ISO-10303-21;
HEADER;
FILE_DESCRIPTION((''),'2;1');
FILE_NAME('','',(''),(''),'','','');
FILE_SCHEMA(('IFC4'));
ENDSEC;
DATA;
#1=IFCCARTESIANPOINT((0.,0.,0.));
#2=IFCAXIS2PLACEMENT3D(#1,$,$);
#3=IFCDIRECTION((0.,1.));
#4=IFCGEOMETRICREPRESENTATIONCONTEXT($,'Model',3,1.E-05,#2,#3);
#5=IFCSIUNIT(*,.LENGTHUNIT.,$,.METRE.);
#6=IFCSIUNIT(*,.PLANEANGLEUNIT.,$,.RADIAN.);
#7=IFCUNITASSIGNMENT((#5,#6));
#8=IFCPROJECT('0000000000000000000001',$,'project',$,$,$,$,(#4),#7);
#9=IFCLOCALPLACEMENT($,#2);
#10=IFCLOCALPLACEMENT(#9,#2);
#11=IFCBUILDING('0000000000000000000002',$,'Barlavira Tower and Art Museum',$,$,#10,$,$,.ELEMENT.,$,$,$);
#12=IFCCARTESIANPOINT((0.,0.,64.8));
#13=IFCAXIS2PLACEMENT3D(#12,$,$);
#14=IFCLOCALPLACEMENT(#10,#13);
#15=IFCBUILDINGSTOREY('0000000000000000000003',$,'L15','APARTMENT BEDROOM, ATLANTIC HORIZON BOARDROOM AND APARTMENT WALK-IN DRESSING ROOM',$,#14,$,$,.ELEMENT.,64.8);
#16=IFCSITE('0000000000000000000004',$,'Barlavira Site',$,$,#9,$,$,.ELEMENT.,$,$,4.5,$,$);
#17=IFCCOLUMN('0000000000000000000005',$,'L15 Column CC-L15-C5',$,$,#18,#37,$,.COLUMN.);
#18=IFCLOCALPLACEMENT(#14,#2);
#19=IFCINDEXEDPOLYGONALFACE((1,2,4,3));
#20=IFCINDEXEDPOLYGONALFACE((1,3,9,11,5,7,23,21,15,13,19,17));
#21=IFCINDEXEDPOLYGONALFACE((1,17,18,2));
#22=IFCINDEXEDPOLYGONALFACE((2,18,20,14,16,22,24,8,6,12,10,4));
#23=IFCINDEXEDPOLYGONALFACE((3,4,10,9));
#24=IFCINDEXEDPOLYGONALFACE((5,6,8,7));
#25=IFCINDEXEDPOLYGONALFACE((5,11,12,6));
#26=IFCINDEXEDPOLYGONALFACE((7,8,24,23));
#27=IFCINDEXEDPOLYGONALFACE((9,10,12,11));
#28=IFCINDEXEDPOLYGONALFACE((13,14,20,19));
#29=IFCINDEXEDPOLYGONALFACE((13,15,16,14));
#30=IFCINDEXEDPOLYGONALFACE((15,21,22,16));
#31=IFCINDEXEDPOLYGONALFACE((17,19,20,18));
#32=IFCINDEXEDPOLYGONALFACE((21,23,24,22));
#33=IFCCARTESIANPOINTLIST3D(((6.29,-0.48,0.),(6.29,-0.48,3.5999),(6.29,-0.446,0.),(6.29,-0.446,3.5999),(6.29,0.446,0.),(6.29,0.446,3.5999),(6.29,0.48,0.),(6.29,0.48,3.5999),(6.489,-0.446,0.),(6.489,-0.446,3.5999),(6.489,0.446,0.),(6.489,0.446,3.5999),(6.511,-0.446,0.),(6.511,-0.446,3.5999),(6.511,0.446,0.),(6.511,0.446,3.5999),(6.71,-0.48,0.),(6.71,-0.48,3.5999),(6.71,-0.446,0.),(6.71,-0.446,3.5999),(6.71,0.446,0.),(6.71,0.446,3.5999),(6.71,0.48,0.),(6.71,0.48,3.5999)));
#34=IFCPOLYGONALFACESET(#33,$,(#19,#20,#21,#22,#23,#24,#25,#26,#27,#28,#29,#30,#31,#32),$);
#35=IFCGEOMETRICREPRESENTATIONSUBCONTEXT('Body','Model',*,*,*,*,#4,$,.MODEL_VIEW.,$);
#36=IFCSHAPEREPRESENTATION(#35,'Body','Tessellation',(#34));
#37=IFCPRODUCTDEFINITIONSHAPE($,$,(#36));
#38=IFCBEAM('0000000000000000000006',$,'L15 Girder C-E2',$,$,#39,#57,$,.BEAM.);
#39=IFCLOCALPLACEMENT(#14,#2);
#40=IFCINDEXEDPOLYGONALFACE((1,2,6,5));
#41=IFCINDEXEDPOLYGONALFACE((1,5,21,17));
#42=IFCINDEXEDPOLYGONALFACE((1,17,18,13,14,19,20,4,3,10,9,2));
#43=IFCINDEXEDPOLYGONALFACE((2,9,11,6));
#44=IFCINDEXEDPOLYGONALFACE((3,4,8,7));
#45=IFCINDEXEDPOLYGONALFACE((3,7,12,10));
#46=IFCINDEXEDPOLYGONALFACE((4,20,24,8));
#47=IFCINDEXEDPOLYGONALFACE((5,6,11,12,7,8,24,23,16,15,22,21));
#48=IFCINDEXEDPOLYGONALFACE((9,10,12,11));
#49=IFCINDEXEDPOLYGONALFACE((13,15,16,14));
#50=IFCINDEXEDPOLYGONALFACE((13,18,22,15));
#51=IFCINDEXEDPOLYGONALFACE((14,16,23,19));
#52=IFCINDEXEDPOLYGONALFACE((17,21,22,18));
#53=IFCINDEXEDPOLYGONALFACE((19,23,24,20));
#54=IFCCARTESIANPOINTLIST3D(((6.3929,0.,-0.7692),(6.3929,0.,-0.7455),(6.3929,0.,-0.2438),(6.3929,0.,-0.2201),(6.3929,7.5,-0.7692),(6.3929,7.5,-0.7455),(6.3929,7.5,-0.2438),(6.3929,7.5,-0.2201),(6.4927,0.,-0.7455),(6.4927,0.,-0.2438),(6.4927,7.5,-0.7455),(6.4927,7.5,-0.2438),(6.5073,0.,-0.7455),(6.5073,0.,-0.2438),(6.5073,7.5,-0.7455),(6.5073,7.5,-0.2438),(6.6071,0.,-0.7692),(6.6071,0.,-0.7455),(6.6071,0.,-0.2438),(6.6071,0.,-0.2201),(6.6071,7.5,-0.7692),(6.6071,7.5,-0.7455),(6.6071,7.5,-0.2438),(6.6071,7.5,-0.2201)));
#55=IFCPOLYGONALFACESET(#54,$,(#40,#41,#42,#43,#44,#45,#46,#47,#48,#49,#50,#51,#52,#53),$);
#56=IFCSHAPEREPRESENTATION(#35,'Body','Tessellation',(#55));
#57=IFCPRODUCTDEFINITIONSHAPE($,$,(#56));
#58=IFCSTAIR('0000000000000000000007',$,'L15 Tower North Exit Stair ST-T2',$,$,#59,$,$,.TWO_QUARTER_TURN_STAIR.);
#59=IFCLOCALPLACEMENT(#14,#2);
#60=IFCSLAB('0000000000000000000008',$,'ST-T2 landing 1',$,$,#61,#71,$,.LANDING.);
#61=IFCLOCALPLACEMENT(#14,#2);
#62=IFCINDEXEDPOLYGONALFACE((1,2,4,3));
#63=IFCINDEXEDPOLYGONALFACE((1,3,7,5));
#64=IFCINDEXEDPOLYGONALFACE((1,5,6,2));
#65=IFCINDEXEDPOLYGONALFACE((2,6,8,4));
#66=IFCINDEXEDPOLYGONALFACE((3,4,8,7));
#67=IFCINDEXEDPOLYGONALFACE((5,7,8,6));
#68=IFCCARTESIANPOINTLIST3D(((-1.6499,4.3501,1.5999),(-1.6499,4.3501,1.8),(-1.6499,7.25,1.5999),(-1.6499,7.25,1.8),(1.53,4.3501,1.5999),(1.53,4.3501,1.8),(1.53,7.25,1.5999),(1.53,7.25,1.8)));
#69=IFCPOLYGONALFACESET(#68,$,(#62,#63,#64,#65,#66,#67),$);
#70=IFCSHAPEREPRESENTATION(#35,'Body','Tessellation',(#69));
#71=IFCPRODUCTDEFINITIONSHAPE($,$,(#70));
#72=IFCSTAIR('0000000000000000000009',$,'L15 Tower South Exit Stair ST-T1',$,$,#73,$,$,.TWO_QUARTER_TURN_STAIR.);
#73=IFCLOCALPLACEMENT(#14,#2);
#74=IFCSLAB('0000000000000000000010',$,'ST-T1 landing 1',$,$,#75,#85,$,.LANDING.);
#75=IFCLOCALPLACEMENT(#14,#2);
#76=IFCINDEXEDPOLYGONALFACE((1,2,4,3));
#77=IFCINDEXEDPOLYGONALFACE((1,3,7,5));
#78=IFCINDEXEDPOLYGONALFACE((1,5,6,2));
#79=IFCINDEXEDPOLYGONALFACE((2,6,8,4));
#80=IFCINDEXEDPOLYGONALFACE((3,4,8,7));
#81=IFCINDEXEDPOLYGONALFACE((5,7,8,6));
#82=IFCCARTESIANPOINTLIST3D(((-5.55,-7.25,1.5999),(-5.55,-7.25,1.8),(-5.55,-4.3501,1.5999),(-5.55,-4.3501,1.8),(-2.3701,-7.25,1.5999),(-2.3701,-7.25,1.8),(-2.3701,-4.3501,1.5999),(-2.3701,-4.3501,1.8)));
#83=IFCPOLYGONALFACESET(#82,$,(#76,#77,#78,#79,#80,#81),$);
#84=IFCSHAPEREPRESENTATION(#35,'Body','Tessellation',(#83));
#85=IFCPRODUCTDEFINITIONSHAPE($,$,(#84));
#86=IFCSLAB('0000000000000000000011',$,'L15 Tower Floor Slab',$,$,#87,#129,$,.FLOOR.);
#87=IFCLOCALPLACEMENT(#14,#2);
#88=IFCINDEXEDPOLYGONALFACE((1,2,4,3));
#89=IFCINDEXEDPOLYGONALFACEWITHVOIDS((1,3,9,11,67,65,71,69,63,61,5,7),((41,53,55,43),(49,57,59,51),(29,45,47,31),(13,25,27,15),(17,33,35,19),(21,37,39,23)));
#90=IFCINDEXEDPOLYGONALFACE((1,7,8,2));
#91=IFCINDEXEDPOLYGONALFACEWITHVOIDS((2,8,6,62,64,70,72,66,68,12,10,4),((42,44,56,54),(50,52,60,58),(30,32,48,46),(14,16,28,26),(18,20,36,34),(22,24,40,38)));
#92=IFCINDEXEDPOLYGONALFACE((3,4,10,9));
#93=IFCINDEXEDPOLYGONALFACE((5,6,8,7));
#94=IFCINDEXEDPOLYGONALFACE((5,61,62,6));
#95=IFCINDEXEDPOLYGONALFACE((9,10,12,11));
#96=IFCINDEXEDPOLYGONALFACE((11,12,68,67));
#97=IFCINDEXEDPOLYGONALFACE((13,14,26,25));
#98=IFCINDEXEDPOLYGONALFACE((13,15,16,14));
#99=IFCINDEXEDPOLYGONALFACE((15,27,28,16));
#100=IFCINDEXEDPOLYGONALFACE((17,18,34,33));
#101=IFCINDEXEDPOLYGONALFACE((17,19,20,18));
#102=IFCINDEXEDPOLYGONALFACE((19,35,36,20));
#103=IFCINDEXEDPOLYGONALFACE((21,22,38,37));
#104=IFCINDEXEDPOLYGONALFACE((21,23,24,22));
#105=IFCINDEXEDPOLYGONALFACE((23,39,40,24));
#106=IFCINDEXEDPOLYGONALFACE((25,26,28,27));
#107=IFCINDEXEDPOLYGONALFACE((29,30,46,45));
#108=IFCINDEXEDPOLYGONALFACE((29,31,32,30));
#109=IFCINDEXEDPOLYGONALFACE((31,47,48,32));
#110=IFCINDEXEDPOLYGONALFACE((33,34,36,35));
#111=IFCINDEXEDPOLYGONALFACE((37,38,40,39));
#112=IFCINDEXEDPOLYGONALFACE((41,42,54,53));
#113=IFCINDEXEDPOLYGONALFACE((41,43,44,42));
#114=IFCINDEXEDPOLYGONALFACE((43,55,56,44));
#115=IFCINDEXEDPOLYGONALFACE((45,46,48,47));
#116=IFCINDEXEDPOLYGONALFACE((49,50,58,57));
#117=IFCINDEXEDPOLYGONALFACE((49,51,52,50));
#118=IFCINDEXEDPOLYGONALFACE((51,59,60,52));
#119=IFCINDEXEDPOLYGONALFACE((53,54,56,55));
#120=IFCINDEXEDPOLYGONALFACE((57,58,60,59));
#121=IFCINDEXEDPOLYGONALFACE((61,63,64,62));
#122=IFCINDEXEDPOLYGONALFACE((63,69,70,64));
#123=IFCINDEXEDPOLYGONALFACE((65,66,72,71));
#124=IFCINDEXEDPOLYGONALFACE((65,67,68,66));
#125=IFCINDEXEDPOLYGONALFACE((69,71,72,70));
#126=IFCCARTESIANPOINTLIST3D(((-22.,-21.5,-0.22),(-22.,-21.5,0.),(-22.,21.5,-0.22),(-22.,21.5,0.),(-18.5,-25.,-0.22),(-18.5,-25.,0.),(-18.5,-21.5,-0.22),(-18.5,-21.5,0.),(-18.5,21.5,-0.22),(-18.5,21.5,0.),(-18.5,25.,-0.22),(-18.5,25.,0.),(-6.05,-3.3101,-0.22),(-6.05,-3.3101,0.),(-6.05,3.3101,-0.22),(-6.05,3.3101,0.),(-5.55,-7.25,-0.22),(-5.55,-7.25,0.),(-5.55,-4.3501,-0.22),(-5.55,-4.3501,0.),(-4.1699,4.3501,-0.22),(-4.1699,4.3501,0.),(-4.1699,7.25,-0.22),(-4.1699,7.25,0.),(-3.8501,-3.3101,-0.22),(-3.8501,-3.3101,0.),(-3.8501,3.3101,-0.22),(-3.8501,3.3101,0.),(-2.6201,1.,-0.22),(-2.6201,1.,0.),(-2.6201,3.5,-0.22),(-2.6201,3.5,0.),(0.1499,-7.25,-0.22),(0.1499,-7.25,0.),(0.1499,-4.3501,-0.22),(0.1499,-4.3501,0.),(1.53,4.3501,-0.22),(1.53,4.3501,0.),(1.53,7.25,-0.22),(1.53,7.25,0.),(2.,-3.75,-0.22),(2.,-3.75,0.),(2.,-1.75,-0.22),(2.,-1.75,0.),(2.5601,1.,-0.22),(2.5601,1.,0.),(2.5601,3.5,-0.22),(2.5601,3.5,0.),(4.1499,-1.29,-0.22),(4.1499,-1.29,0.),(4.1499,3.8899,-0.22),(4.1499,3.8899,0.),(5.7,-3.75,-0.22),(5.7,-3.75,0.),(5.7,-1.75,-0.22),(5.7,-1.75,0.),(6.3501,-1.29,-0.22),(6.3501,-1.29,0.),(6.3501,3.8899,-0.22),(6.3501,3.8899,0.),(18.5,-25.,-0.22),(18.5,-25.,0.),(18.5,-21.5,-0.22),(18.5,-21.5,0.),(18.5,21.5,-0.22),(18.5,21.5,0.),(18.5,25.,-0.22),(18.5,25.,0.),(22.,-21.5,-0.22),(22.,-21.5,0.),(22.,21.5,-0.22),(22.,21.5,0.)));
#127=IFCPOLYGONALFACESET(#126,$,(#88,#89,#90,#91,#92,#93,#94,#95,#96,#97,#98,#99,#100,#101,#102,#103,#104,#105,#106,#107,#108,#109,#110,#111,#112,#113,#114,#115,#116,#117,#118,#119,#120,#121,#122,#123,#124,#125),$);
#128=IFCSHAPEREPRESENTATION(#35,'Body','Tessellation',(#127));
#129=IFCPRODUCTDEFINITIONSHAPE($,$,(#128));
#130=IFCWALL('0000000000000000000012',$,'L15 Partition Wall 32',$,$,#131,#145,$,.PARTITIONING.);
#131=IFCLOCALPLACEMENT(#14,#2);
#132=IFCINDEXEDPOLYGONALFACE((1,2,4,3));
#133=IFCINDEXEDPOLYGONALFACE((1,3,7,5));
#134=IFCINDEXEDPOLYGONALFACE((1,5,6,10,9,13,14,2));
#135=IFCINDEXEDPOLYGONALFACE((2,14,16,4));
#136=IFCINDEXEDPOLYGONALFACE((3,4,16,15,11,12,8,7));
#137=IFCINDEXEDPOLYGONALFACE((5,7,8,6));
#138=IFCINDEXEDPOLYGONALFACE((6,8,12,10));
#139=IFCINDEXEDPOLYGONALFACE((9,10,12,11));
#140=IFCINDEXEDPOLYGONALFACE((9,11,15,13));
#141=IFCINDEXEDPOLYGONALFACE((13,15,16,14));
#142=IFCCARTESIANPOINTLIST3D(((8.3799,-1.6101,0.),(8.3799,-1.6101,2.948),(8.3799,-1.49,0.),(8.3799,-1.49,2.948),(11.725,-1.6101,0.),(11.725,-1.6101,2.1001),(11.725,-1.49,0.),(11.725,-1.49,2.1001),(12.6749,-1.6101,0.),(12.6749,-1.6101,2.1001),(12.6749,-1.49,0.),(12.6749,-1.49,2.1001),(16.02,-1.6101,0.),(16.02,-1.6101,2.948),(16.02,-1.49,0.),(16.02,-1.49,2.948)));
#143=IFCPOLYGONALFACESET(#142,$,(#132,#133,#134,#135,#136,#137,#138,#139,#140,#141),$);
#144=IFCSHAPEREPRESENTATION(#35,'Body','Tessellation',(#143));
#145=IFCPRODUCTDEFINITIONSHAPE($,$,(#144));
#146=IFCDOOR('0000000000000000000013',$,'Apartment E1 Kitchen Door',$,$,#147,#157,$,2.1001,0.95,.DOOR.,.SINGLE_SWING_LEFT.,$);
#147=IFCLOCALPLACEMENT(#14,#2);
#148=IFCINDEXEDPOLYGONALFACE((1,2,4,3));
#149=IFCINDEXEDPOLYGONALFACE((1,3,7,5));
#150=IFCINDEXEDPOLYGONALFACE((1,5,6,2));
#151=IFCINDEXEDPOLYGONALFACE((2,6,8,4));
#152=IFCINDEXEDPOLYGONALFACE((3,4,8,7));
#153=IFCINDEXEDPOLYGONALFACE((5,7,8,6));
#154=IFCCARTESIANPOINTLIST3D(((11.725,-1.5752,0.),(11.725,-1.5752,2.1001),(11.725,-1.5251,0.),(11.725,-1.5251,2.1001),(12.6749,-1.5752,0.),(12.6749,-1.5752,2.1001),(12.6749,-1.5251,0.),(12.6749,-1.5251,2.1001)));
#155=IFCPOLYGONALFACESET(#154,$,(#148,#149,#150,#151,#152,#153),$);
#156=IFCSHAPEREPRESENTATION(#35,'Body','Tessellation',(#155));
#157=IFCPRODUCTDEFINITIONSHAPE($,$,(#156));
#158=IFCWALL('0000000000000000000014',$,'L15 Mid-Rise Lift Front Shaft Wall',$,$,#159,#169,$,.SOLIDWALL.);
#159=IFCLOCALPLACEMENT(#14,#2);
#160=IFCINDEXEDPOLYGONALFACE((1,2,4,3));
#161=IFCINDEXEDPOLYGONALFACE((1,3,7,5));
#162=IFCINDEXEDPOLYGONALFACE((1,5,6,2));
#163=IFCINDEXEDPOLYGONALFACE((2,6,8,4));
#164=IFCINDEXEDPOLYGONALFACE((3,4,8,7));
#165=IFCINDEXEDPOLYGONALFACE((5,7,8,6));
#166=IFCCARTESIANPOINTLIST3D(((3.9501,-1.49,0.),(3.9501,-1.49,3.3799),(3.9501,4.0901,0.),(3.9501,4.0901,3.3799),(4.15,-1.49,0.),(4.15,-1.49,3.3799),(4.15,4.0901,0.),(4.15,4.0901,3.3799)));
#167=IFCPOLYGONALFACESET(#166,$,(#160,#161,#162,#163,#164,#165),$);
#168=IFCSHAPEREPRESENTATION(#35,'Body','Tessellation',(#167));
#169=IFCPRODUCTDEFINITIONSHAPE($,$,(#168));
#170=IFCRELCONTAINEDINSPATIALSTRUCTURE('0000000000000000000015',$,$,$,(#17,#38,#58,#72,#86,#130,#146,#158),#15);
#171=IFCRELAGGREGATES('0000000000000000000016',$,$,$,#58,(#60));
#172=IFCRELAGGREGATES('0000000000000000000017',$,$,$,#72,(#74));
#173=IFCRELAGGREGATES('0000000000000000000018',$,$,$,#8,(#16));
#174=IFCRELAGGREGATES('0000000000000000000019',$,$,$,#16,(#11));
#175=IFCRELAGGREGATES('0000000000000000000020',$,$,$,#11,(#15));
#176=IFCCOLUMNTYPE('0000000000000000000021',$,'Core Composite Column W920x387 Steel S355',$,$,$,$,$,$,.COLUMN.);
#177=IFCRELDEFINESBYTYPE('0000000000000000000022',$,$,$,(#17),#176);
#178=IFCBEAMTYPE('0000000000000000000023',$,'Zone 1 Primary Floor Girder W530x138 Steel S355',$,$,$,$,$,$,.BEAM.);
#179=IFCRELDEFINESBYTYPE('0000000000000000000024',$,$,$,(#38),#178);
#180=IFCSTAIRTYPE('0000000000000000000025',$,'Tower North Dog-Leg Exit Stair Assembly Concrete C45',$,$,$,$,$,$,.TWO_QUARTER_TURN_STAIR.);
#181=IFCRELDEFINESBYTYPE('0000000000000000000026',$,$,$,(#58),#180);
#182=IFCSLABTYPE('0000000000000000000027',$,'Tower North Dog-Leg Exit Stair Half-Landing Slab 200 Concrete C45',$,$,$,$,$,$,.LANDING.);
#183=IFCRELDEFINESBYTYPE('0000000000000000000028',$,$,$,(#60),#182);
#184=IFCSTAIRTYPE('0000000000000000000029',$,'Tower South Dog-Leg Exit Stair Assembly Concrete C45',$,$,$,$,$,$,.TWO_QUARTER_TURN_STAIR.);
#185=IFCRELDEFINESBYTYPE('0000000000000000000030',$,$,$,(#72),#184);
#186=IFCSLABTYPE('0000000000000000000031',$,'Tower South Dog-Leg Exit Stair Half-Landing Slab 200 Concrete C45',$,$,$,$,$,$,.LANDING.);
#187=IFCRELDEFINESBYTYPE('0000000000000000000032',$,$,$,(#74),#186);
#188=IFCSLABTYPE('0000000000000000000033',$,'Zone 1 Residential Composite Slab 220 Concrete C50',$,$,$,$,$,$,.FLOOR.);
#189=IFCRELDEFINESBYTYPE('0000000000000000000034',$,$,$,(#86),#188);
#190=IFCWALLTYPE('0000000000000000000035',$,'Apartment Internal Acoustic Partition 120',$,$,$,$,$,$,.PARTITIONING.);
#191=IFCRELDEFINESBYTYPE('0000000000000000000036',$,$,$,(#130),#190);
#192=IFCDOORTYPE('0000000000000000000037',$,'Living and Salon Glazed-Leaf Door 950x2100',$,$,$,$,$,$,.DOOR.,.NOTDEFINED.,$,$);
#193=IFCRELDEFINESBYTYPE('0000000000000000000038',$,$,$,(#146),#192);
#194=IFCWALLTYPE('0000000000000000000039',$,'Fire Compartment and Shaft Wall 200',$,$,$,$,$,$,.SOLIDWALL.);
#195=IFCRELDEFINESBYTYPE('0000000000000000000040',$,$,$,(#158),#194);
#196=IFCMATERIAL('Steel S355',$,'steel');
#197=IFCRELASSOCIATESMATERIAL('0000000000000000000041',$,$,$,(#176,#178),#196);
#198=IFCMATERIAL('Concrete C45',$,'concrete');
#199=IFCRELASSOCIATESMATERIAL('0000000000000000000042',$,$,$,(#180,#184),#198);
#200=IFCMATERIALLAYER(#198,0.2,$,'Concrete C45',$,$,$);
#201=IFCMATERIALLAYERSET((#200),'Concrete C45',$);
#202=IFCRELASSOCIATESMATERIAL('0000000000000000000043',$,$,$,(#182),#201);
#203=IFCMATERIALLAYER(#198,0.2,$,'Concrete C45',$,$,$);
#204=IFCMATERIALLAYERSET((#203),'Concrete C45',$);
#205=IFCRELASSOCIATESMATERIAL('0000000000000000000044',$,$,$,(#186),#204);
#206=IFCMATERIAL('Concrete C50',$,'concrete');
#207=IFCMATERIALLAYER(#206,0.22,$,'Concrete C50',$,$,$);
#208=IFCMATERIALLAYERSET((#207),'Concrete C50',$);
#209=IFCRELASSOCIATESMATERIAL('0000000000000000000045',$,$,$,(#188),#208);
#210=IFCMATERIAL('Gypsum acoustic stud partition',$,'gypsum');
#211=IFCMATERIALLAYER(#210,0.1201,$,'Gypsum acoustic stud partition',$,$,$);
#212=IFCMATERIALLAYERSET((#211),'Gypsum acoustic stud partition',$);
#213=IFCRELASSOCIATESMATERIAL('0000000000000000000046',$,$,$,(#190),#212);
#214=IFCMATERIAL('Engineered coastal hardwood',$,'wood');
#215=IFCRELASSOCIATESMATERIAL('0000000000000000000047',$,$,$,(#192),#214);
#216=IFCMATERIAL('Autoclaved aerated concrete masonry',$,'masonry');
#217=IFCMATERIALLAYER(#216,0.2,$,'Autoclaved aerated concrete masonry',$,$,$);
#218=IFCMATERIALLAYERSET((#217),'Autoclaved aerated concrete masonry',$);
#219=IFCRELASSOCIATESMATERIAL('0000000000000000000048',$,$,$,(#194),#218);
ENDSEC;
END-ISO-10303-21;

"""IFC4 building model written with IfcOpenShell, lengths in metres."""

from ifc_helpers import new_model, si_unit, direction, frame, frame_2d, origin, origin_2d, place, context, subcontext, project, spatial, polyline, rectangle, i_section, outline, extrude, material, layer, layer_set, material_profile, profile_set, type_object, element, fill, aggregate, save


model = new_model("IFC4")

# Units and contexts
model_context = context("Model", 3, precision=1e-05, world=origin(), true_north=direction((0.0, 1.0)))
body_context = subcontext(model_context, "Body", "Model", "MODEL_VIEW")
ifc_project = project(units=[si_unit("LENGTHUNIT", "METRE"), si_unit("PLANEANGLEUNIT", "RADIAN")], contexts=[model_context])

# Site, building, storey
site_placement = place(None, origin())
site = spatial("IfcSite", under=ifc_project, at=site_placement, Name="Barlavira Site", CompositionType="ELEMENT", RefElevation=4.5)
building_placement = place(site_placement, origin())
building = spatial("IfcBuilding", under=site, at=building_placement, Name="Barlavira Tower and Art Museum", CompositionType="ELEMENT")
storey_placement = place(building_placement, frame((0.0, 0.0, 64.8)))
storey = spatial("IfcBuildingStorey", under=building, at=storey_placement, Name="L15", Description="APARTMENT BEDROOM, ATLANTIC HORIZON BOARDROOM AND APARTMENT WALK-IN DRESSING ROOM", CompositionType="ELEMENT", Elevation=64.8)

# Column
ifc_material_1 = material(Name="Steel S355", Category="steel")
ifc_material_profile_1 = material_profile(ifc_material_1, i_section(OverallWidth=0.4199, OverallDepth=0.96, WebThickness=0.022, FlangeThickness=0.0339, at=origin_2d()), Name="W920x387.0")
ifc_profile_set_1 = profile_set([ifc_material_profile_1], Name="Steel S355")
column_type = type_object("IfcColumnType", Name="Core Composite Column W920x387 Steel S355", PredefinedType="COLUMN", material=ifc_profile_set_1)
column_placement = place(storey_placement, frame((6.5, 0.0, 0.0), z_axis=(0.0, 0.0, 1.0), x_axis=(1.0, 0.0, 0.0)))
element("IfcColumn", 1, at=column_placement, inside=storey, type_object=column_type, Name="L15 Column CC-L15-C5", PredefinedType="COLUMN", context=body_context, shape_type="SweptSolid", body=[
    extrude(i_section(OverallWidth=0.4199, OverallDepth=0.96, WebThickness=0.022, FlangeThickness=0.0339, at=origin_2d()), origin(), (0.0, 0.0, 1.0), 3.5999),
])

# Beam
ifc_material_profile_2 = material_profile(ifc_material_1, i_section(OverallWidth=0.2141, OverallDepth=0.5491, WebThickness=0.0146, FlangeThickness=0.0237, at=origin_2d()), Name="W530x138.0")
ifc_profile_set_2 = profile_set([ifc_material_profile_2], Name="Steel S355")
beam_type = type_object("IfcBeamType", Name="Zone 1 Primary Floor Girder W530x138 Steel S355", PredefinedType="BEAM", material=ifc_profile_set_2)
beam_placement = place(storey_placement, frame((6.5, 0.0, -0.4946), z_axis=(0.0, 1.0, 0.0), x_axis=(-1.0, 0.0, 0.0)))
element("IfcBeam", 2, at=beam_placement, inside=storey, type_object=beam_type, Name="L15 Girder C-E2", PredefinedType="BEAM", context=body_context, shape_type="SweptSolid", body=[
    extrude(i_section(OverallWidth=0.2141, OverallDepth=0.5491, WebThickness=0.0146, FlangeThickness=0.0237, at=origin_2d()), origin(), (0.0, 0.0, 1.0), 7.5),
])

# Stairs, slabs
ifc_material_2 = material(Name="Concrete C45", Category="concrete")
stair_type_1 = type_object("IfcStairType", Name="Tower North Dog-Leg Exit Stair Assembly Concrete C45", PredefinedType="TWO_QUARTER_TURN_STAIR", material=ifc_material_2)
stair_1_placement = place(storey_placement, origin())
stair_1 = element("IfcStair", 3, at=stair_1_placement, inside=storey, type_object=stair_type_1, Name="L15 Tower North Exit Stair ST-T2", PredefinedType="TWO_QUARTER_TURN_STAIR")
ifc_layer_1 = layer(ifc_material_2, 0.2, Name="Concrete C45")
ifc_layer_set_1 = layer_set([ifc_layer_1], Name="Concrete C45")
slab_type_1 = type_object("IfcSlabType", Name="Tower North Dog-Leg Exit Stair Half-Landing Slab 200 Concrete C45", PredefinedType="LANDING", material=ifc_layer_set_1)
slab_1_placement = place(storey_placement, frame((0.0, 0.0, 1.5999)))
slab_1 = element("IfcSlab", 4, at=slab_1_placement, type_object=slab_type_1, Name="ST-T2 landing 1", PredefinedType="LANDING", context=body_context, shape_type="SweptSolid", body=[
    extrude(outline(polyline([(-1.6499, 4.3501), (1.53, 4.3501), (1.53, 7.25), (-1.6499, 7.25), (-1.6499, 4.3501)])), origin(), (0.0, 0.0, 1.0), 0.2002),
])
aggregate(stair_1, [slab_1])
stair_type_2 = type_object("IfcStairType", Name="Tower South Dog-Leg Exit Stair Assembly Concrete C45", PredefinedType="TWO_QUARTER_TURN_STAIR", material=ifc_material_2)
stair_2_placement = place(storey_placement, origin())
stair_2 = element("IfcStair", 5, at=stair_2_placement, inside=storey, type_object=stair_type_2, Name="L15 Tower South Exit Stair ST-T1", PredefinedType="TWO_QUARTER_TURN_STAIR")
ifc_layer_2 = layer(ifc_material_2, 0.2, Name="Concrete C45")
ifc_layer_set_2 = layer_set([ifc_layer_2], Name="Concrete C45")
slab_type_2 = type_object("IfcSlabType", Name="Tower South Dog-Leg Exit Stair Half-Landing Slab 200 Concrete C45", PredefinedType="LANDING", material=ifc_layer_set_2)
slab_2_placement = place(storey_placement, frame((0.0, 0.0, 1.5999)))
slab_2 = element("IfcSlab", 6, at=slab_2_placement, type_object=slab_type_2, Name="ST-T1 landing 1", PredefinedType="LANDING", context=body_context, shape_type="SweptSolid", body=[
    extrude(outline(polyline([(-2.3701, -4.3501), (-5.55, -4.3501), (-5.55, -7.25), (-2.3701, -7.25), (-2.3701, -4.3501)])), origin(), (0.0, 0.0, 1.0), 0.2002),
])

# Slab
ifc_material_3 = material(Name="Concrete C50", Category="concrete")
ifc_layer_3 = layer(ifc_material_3, 0.22, Name="Concrete C50")
ifc_layer_set_3 = layer_set([ifc_layer_3], Name="Concrete C50")
slab_type_3 = type_object("IfcSlabType", Name="Zone 1 Residential Composite Slab 220 Concrete C50", PredefinedType="FLOOR", material=ifc_layer_set_3)
slab_3_placement = place(storey_placement, frame((0.0, 0.0, -0.22)))
element("IfcSlab", 7, at=slab_3_placement, inside=storey, type_object=slab_type_3, Name="L15 Tower Floor Slab", PredefinedType="FLOOR", context=body_context, shape_type="SweptSolid", body=[
    extrude(outline(polyline([(-18.5, -25.0), (18.5, -25.0), (18.5, -21.5), (22.0, -21.5), (22.0, 21.5), (18.5, 21.5), (18.5, 25.0), (-18.5, 25.0), (-18.5, 21.5), (-22.0, 21.5), (-22.0, -21.5), (-18.5, -21.5), (-18.5, -25.0)]), holes=[polyline([(0.1499, -4.3501), (-5.55, -4.3501), (-5.55, -7.25), (0.1499, -7.25), (0.1499, -4.3501)]), polyline([(-4.1699, 4.3501), (1.53, 4.3501), (1.53, 7.25), (-4.1699, 7.25), (-4.1699, 4.3501)]), polyline([(-6.05, -3.3101), (-3.8501, -3.3101), (-3.8501, 3.3101), (-6.05, 3.3101), (-6.05, -3.3101)]), polyline([(4.1499, -1.29), (6.3501, -1.29), (6.3501, 3.8899), (4.1499, 3.8899), (4.1499, -1.29)]), polyline([(-2.6201, 1.0), (2.5601, 1.0), (2.5601, 3.5), (-2.6201, 3.5), (-2.6201, 1.0)]), polyline([(2.0, -3.75), (5.7, -3.75), (5.7, -1.75), (2.0, -1.75), (2.0, -3.75)])]), origin(), (0.0, 0.0, 1.0), 0.22),
])

# Wall, opening, door
ifc_material_4 = material(Name="Gypsum acoustic stud partition", Category="gypsum")
ifc_layer_4 = layer(ifc_material_4, 0.1201, Name="Gypsum acoustic stud partition")
ifc_layer_set_4 = layer_set([ifc_layer_4], Name="Gypsum acoustic stud partition")
wall_type_1 = type_object("IfcWallType", Name="Apartment Internal Acoustic Partition 120", PredefinedType="PARTITIONING", material=ifc_layer_set_4)
wall_1_placement = place(storey_placement, frame((8.3799, -1.55, 0.0), z_axis=(0.0, 0.0, 1.0), x_axis=(1.0, 0.0, 0.0)))
wall_1 = element("IfcWall", 8, at=wall_1_placement, inside=storey, type_object=wall_type_1, Name="L15 Partition Wall 32", PredefinedType="PARTITIONING", context=body_context, shape_type="SweptSolid", body=[
    extrude(rectangle(XDim=7.6401, YDim=0.1201, at=frame_2d((3.8201, 0.0))), origin(), (0.0, 0.0, 1.0), 2.948),
])
opening_1_placement = place(wall_1_placement, frame((3.345, 0.0, 0.0)))
opening_1 = element("IfcOpeningElement", 9, at=opening_1_placement, cuts=wall_1, PredefinedType="OPENING", context=body_context, shape_type="SweptSolid", body=[
    extrude(rectangle(XDim=0.95, YDim=2.1001, at=frame_2d((0.4751, 1.05))), frame((0.0, 0.0701, 0.0), z_axis=(0.0, -1.0, 0.0), x_axis=(1.0, 0.0, 0.0)), (0.0, 0.0, 1.0), 0.1401),
])
ifc_material_5 = material(Name="Engineered coastal hardwood", Category="wood")
door_type_1 = type_object("IfcDoorType", Name="Living and Salon Glazed-Leaf Door 950x2100", OperationType="NOTDEFINED", PredefinedType="DOOR", material=ifc_material_5)
door_1_placement = place(opening_1_placement, origin())
door_1 = element("IfcDoor", 10, at=door_1_placement, inside=storey, type_object=door_type_1, Name="Apartment E1 Kitchen Door", OperationType="SINGLE_SWING_LEFT", OverallHeight=2.1001, OverallWidth=0.95, PredefinedType="DOOR", context=body_context, shape_type="SweptSolid", body=[
    extrude(rectangle(XDim=0.95, YDim=2.1001, at=frame_2d((0.4751, 1.05))), frame((0.0, 0.0249, 0.0), z_axis=(0.0, -1.0, 0.0), x_axis=(1.0, 0.0, 0.0)), (0.0, 0.0, 1.0), 0.05),
])
fill(opening_1, door_1)

# Wall
ifc_material_6 = material(Name="Autoclaved aerated concrete masonry", Category="masonry")
ifc_layer_5 = layer(ifc_material_6, 0.2, Name="Autoclaved aerated concrete masonry")
ifc_layer_set_5 = layer_set([ifc_layer_5], Name="Autoclaved aerated concrete masonry")
wall_type_2 = type_object("IfcWallType", Name="Fire Compartment and Shaft Wall 200", PredefinedType="SOLIDWALL", material=ifc_layer_set_5)
wall_2_placement = place(storey_placement, frame((4.05, -1.49, 0.0), z_axis=(0.0, 0.0, 1.0), x_axis=(0.0, 1.0, 0.0)))
element("IfcWall", 11, at=wall_2_placement, inside=storey, type_object=wall_type_2, Name="L15 Mid-Rise Lift Front Shaft Wall", PredefinedType="SOLIDWALL", context=body_context, shape_type="SweptSolid", body=[
    extrude(rectangle(XDim=5.5801, YDim=0.2, at=frame_2d((2.79, 0.0))), origin(), (0.0, 0.0, 1.0), 3.3799),
])

aggregate(stair_2, [slab_2])

save(model, "model.ifc")
